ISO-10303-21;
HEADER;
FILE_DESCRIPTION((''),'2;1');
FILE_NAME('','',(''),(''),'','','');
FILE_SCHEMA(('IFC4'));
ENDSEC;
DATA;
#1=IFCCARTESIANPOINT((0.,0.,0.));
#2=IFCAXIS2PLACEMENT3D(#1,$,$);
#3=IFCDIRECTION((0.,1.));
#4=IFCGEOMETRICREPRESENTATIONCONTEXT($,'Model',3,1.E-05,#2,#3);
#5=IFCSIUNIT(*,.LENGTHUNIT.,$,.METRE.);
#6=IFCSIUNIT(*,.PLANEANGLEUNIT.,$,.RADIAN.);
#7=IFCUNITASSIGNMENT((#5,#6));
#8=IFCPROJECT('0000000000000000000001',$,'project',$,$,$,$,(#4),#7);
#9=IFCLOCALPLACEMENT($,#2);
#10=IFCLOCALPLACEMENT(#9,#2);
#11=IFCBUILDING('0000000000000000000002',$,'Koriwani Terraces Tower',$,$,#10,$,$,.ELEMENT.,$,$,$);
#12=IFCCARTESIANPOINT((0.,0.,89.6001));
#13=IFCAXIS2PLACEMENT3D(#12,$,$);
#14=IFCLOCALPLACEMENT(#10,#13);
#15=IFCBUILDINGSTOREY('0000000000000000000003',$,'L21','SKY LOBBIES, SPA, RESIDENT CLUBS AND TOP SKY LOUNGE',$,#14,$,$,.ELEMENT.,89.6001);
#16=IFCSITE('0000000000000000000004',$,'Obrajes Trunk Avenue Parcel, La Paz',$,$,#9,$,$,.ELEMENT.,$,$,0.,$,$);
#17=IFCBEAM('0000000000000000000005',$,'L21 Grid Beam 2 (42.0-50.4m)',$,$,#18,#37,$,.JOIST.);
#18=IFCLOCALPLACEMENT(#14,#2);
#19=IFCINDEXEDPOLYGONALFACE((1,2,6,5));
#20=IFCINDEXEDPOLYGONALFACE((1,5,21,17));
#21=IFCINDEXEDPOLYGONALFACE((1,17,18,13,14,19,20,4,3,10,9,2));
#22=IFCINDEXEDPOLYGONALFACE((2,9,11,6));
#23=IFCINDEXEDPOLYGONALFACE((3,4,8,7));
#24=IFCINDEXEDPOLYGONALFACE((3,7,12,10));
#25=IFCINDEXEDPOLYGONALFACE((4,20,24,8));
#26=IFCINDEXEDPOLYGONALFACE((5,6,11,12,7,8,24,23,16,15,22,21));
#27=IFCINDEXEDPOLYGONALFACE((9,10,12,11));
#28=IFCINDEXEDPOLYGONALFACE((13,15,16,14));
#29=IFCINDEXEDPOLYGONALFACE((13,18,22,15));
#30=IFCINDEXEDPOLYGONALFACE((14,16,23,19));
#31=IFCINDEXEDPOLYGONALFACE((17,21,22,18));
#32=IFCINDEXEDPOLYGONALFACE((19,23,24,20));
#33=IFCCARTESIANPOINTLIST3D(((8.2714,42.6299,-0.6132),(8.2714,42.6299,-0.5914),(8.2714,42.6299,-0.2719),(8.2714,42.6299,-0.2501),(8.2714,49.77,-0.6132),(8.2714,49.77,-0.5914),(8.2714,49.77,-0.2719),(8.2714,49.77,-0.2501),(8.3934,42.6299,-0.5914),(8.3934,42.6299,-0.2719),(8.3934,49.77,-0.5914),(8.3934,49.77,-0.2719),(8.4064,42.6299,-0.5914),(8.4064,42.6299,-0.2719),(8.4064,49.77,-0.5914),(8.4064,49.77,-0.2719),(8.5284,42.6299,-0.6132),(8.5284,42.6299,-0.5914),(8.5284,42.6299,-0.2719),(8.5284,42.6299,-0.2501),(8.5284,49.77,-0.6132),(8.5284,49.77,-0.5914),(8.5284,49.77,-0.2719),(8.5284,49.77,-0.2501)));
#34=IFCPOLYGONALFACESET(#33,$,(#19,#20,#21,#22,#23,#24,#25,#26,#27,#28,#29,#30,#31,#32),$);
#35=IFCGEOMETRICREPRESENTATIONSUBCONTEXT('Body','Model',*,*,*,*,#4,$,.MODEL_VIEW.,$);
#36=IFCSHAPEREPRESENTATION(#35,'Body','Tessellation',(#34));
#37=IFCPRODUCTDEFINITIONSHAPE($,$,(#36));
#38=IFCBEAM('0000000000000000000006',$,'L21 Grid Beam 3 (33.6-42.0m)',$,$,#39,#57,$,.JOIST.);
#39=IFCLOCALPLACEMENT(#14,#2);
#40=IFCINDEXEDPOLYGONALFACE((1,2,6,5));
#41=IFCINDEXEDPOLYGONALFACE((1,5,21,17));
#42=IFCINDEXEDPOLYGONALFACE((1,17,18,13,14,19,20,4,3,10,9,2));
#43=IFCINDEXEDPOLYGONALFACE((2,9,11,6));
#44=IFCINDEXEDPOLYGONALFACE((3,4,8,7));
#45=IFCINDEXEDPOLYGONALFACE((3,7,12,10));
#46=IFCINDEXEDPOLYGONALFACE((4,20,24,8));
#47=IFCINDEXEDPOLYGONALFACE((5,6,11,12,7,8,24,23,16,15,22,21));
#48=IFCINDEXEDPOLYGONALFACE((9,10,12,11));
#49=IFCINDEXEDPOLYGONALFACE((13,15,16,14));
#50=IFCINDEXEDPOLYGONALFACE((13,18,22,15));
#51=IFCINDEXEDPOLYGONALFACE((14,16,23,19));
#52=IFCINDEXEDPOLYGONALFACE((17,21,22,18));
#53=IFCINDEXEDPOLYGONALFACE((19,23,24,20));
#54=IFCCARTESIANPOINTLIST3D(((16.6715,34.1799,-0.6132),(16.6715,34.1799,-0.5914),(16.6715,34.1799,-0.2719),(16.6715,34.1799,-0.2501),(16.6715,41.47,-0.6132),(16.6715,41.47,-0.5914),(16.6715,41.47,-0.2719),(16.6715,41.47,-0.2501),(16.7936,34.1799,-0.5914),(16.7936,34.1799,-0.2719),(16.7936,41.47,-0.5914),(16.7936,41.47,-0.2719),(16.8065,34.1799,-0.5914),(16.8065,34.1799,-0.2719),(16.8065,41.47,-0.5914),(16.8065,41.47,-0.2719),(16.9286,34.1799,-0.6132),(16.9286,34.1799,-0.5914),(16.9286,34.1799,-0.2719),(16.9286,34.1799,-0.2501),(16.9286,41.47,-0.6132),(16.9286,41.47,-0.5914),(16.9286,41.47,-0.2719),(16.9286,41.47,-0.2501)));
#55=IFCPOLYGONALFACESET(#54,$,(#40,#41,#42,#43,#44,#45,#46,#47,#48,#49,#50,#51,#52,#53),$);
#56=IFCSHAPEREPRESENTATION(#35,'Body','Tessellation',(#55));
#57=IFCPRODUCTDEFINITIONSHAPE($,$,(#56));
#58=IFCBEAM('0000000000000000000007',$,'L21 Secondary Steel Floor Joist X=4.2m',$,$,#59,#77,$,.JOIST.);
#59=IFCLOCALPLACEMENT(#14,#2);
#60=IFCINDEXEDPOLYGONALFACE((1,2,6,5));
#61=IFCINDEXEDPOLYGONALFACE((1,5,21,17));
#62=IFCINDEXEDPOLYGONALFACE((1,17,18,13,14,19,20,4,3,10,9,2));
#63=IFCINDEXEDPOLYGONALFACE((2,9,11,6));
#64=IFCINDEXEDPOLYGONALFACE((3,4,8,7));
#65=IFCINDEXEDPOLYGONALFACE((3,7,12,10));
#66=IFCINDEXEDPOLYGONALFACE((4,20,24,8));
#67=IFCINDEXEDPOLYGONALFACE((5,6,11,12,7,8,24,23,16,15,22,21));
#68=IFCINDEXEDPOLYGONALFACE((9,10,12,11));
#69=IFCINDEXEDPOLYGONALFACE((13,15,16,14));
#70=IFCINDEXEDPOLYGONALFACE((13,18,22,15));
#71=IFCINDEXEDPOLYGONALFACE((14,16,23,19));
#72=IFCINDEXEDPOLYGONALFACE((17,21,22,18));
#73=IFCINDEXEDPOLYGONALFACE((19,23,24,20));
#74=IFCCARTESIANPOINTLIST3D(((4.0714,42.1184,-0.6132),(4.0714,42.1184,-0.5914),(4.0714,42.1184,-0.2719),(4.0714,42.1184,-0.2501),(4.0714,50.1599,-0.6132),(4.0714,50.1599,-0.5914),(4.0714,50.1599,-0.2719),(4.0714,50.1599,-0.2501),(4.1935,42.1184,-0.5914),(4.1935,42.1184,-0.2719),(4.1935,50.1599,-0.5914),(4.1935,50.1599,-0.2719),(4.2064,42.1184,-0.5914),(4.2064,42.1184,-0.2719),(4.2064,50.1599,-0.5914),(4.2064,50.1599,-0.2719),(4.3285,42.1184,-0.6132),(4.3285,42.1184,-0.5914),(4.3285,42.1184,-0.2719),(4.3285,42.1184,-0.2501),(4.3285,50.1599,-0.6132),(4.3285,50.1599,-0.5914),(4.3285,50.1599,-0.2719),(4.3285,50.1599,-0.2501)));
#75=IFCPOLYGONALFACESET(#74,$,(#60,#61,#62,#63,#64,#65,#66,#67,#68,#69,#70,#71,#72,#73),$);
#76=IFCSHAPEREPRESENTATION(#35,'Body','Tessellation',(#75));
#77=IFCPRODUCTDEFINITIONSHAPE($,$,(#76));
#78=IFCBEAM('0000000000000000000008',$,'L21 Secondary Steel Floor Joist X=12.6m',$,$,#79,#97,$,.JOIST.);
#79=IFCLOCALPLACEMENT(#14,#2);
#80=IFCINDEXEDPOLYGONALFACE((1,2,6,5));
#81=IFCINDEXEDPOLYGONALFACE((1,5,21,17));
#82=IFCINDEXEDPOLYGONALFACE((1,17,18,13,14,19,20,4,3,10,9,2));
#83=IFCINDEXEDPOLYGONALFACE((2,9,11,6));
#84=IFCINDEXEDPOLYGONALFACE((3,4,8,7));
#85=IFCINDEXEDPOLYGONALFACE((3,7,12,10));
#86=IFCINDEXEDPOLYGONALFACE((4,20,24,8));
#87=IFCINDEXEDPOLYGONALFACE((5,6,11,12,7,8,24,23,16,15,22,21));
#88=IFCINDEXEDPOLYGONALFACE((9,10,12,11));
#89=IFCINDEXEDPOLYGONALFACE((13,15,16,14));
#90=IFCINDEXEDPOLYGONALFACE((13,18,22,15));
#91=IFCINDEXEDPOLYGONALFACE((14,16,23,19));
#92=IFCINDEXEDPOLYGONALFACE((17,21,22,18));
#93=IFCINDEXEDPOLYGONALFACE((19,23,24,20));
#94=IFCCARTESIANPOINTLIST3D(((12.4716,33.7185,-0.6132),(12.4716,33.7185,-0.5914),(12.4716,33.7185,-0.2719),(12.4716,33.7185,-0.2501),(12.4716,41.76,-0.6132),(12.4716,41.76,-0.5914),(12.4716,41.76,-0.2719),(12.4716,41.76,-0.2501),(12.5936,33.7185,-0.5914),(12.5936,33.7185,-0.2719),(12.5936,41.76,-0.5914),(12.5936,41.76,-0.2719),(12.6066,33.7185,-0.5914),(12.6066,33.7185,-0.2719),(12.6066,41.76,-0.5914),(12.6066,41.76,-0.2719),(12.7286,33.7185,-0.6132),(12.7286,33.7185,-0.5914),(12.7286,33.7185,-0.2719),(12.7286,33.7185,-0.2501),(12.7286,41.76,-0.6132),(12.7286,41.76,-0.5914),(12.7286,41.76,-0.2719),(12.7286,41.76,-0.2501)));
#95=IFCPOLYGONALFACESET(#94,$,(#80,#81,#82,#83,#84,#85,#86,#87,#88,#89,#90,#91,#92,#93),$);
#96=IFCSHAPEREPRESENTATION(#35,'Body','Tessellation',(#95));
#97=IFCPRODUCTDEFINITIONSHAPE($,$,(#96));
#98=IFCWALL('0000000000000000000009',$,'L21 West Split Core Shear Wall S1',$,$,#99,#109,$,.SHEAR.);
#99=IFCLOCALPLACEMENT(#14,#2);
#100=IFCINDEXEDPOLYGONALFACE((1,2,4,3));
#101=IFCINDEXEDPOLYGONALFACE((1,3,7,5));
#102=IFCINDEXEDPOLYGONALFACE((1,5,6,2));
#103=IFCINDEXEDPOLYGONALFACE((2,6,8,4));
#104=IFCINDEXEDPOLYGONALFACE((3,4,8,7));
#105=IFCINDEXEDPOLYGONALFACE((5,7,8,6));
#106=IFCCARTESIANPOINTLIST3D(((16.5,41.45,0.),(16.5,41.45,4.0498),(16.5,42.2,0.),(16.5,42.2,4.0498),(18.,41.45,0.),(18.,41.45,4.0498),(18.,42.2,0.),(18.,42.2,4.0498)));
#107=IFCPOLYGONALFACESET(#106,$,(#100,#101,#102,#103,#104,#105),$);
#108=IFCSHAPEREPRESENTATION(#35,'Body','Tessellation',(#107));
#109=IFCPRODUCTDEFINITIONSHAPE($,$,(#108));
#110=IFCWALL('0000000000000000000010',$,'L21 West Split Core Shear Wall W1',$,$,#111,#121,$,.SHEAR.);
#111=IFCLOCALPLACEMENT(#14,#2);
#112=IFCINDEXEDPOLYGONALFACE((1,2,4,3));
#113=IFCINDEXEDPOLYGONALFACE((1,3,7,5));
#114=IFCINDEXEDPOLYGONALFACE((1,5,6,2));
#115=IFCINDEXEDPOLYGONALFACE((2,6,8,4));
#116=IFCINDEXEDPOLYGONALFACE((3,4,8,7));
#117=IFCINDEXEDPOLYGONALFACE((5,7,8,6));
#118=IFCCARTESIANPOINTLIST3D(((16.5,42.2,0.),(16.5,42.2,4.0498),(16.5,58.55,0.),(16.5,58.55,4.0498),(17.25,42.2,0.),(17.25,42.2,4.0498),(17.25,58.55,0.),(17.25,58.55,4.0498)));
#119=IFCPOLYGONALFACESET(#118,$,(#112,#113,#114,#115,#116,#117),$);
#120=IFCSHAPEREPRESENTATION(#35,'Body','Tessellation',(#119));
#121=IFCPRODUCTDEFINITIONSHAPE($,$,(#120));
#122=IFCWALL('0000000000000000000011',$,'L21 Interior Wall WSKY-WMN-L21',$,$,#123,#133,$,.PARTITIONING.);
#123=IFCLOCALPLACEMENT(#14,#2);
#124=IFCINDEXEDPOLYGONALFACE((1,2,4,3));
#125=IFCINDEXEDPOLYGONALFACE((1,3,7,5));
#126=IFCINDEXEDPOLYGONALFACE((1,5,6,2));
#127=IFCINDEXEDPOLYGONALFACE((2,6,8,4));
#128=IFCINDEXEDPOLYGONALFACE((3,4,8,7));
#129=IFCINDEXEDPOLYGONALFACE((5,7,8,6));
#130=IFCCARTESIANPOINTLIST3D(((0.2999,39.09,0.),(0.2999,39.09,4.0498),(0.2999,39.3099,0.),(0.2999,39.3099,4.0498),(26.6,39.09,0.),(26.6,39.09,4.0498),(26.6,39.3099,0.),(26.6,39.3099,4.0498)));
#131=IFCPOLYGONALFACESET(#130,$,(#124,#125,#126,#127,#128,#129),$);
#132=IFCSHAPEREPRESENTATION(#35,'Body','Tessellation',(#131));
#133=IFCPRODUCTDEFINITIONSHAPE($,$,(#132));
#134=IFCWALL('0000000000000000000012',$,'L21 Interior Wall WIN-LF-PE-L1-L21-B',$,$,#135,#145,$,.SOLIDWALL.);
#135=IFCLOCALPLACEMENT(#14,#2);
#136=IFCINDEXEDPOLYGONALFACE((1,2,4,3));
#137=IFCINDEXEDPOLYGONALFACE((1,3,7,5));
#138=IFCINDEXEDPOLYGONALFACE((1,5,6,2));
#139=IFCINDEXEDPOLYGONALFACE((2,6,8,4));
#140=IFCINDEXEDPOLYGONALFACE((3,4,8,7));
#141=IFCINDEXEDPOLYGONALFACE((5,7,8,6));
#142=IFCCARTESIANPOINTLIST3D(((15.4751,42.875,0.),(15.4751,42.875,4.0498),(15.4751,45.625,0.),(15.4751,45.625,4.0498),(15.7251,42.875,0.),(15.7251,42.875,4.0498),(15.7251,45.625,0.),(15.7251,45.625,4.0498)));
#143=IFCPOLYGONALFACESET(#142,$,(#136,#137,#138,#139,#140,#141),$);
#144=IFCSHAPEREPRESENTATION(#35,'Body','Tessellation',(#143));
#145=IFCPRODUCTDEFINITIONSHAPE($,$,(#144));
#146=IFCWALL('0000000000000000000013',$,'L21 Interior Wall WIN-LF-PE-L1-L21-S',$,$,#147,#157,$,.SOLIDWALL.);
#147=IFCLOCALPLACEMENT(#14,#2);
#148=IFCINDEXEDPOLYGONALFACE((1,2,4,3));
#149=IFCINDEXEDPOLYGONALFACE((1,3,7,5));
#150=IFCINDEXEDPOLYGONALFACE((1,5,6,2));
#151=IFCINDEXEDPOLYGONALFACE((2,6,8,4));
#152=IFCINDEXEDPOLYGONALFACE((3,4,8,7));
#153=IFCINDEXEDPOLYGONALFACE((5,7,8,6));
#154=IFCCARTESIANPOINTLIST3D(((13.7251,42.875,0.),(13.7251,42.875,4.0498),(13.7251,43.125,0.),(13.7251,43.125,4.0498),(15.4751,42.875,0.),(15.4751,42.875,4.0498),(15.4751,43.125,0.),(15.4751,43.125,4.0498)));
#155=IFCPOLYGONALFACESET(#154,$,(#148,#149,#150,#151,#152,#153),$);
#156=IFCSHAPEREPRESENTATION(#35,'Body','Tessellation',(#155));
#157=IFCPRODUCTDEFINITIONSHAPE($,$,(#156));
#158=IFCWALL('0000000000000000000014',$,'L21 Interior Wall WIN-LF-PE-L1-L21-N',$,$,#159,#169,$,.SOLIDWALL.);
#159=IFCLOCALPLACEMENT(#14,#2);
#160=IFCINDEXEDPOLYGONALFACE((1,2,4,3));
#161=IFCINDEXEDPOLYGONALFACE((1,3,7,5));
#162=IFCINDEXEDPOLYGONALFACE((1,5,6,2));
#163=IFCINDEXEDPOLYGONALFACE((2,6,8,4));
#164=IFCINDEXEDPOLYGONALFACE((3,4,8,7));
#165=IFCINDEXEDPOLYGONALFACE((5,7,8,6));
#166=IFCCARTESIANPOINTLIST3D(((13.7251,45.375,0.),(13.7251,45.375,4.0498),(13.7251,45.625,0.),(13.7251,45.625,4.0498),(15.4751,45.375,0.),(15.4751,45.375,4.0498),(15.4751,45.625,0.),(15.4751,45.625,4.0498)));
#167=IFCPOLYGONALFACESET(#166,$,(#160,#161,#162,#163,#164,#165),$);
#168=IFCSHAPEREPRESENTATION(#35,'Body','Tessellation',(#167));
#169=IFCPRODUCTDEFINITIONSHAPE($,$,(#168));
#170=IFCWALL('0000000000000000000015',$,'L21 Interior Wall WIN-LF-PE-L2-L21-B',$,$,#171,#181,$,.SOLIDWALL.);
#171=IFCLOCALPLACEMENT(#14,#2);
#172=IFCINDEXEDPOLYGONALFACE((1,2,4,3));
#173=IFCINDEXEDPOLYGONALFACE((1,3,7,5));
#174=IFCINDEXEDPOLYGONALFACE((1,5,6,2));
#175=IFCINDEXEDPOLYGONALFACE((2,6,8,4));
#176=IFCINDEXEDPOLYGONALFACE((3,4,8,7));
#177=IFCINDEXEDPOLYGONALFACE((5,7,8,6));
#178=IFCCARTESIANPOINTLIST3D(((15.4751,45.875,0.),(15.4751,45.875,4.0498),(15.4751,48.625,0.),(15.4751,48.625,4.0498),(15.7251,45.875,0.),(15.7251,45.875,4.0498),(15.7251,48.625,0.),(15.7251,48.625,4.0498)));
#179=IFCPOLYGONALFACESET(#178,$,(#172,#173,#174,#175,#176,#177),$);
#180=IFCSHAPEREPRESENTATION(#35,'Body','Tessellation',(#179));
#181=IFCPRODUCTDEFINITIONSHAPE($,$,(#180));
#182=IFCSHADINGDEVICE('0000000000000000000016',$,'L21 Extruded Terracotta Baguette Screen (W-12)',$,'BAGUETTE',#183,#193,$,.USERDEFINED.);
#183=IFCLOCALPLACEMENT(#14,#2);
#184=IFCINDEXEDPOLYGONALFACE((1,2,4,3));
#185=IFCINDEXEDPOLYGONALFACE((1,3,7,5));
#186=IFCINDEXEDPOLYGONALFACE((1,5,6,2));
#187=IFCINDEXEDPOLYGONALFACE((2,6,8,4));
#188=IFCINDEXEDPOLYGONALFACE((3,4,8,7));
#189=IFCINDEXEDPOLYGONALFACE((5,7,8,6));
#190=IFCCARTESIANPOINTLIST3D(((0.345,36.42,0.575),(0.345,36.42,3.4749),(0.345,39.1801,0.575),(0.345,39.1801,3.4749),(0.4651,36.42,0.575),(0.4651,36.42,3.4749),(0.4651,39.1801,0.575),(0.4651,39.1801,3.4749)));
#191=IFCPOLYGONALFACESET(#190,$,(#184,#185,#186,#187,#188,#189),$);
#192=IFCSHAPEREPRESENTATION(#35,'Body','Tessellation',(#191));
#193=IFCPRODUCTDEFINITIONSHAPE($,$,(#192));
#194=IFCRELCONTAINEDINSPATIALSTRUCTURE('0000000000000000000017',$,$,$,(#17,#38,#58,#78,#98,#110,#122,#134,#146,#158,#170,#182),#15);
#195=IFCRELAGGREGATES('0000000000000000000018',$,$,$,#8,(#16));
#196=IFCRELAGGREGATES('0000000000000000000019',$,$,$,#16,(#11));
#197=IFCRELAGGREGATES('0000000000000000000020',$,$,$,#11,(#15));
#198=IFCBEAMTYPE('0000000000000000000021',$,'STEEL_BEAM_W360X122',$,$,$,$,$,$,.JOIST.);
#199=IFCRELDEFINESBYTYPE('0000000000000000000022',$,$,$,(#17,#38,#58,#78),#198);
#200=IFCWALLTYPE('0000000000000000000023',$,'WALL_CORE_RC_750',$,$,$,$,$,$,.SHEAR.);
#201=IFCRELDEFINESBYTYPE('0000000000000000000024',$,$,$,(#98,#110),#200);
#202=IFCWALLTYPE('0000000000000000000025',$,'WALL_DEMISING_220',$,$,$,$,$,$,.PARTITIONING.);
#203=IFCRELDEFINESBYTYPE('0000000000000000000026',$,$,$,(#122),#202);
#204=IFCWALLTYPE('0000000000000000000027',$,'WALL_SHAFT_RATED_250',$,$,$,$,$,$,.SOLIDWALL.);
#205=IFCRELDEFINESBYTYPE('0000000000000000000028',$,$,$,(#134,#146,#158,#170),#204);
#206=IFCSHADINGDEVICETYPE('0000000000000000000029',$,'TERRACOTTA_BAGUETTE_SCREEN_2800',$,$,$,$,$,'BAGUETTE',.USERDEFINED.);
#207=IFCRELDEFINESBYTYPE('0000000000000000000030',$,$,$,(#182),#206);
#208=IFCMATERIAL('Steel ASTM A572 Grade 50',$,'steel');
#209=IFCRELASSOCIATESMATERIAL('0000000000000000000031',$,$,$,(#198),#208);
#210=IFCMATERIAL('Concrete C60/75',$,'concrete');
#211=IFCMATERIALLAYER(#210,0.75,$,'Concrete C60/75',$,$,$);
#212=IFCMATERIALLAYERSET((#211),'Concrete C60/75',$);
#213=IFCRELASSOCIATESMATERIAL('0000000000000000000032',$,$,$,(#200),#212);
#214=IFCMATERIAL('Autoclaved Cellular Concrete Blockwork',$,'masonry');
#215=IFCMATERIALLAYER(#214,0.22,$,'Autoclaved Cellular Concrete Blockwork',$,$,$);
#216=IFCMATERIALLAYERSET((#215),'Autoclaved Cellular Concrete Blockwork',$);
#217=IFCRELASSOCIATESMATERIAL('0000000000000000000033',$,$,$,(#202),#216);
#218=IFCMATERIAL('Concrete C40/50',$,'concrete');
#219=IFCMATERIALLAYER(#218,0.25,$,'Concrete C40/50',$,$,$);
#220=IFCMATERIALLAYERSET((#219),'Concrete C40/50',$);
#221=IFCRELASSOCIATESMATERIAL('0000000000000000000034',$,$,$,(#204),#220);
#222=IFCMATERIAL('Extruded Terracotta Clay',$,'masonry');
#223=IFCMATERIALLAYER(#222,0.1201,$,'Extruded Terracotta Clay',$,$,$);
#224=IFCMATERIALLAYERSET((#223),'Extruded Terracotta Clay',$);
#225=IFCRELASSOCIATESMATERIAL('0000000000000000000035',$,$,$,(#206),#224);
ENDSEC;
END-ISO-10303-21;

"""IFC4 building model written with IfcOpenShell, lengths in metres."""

from ifc_helpers import new_model, si_unit, direction, frame, frame_2d, origin, origin_2d, place, context, subcontext, project, spatial, rectangle, i_section, extrude, material, layer, layer_set, material_profile, profile_set, type_object, element, save


model = new_model("IFC4")

# Units and contexts
model_context = context("Model", 3, precision=1e-05, world=origin(), true_north=direction((0.0, 1.0)))
body_context = subcontext(model_context, "Body", "Model", "MODEL_VIEW")
ifc_project = project(units=[si_unit("LENGTHUNIT", "METRE"), si_unit("PLANEANGLEUNIT", "RADIAN")], contexts=[model_context])

# Site, building, storey
site_placement = place(None, origin())
site = spatial("IfcSite", under=ifc_project, at=site_placement, Name="Obrajes Trunk Avenue Parcel, La Paz", CompositionType="ELEMENT", RefElevation=0.0)
building_placement = place(site_placement, origin())
building = spatial("IfcBuilding", under=site, at=building_placement, Name="Koriwani Terraces Tower", CompositionType="ELEMENT")
storey_placement = place(building_placement, frame((0.0, 0.0, 89.6001)))
storey = spatial("IfcBuildingStorey", under=building, at=storey_placement, Name="L21", Description="SKY LOBBIES, SPA, RESIDENT CLUBS AND TOP SKY LOUNGE", CompositionType="ELEMENT", Elevation=89.6001)

# Shared definitions
ifc_material_1 = material(Name="Concrete C60/75", Category="concrete")

# Beams
ifc_material_2 = material(Name="Concrete C40/50", Category="concrete")
ifc_material_3 = material(Name="Steel ASTM A572 Grade 50", Category="steel")
ifc_material_profile_1 = material_profile(ifc_material_3, i_section(OverallWidth=0.2571, OverallDepth=0.363, WebThickness=0.0129, FlangeThickness=0.0217, at=origin_2d()), Name="Steel ASTM A572 Grade 50", Category="LoadBearing")
ifc_profile_set_1 = profile_set([ifc_material_profile_1], Name="Steel ASTM A572 Grade 50")
beam_type_1 = type_object("IfcBeamType", Name="STEEL_BEAM_W360X122", PredefinedType="JOIST", material=ifc_profile_set_1)
for number, where, z_axis, x_axis, name in (
    (1, (8.3999, 42.6299, -0.4316), (0.0, 1.0, 0.0), (-1.0, 0.0, 0.0), "L21 Grid Beam 2 (42.0-50.4m)"),
):
    element("IfcBeam", number, at=place(storey_placement, frame(where, z_axis=z_axis, x_axis=x_axis)), inside=storey, type_object=beam_type_1, Name=name, PredefinedType="JOIST", context=body_context, shape_type="SweptSolid", body=[
        extrude(i_section(OverallWidth=0.2571, OverallDepth=0.363, WebThickness=0.0129, FlangeThickness=0.0217, at=origin_2d()), origin(), (0.0, 0.0, 1.0), 7.1401),
    ])
beam_1_placement = place(storey_placement, frame((16.8, 34.1799, -0.4316), z_axis=(0.0, 1.0, 0.0), x_axis=(-1.0, 0.0, 0.0)))
element("IfcBeam", 2, at=beam_1_placement, inside=storey, type_object=beam_type_1, Name="L21 Grid Beam 3 (33.6-42.0m)", PredefinedType="JOIST", context=body_context, shape_type="SweptSolid", body=[
    extrude(i_section(OverallWidth=0.2571, OverallDepth=0.363, WebThickness=0.0129, FlangeThickness=0.0217, at=origin_2d()), origin(), (0.0, 0.0, 1.0), 7.29),
])
for number, where, z_axis, x_axis, name in (
    (3, (4.2, 42.1184, -0.4316), (0.0, 1.0, 0.0), (-1.0, 0.0, 0.0), "L21 Secondary Steel Floor Joist X=4.2m"),
    (4, (12.6001, 33.7185, -0.4316), (0.0, 1.0, 0.0), (-1.0, 0.0, 0.0), "L21 Secondary Steel Floor Joist X=12.6m"),
):
    element("IfcBeam", number, at=place(storey_placement, frame(where, z_axis=z_axis, x_axis=x_axis)), inside=storey, type_object=beam_type_1, Name=name, PredefinedType="JOIST", context=body_context, shape_type="SweptSolid", body=[
        extrude(i_section(OverallWidth=0.2571, OverallDepth=0.363, WebThickness=0.0129, FlangeThickness=0.0217, at=origin_2d()), origin(), (0.0, 0.0, 1.0), 8.0415),
    ])

# Walls
ifc_layer_1 = layer(ifc_material_1, 0.75, Name="Concrete C60/75")
ifc_layer_set_1 = layer_set([ifc_layer_1], Name="Concrete C60/75")
wall_type_1 = type_object("IfcWallType", Name="WALL_CORE_RC_750", PredefinedType="SHEAR", material=ifc_layer_set_1)
wall_1_placement = place(storey_placement, frame((16.5, 41.825, 0.0), z_axis=(0.0, 0.0, 1.0), x_axis=(1.0, 0.0, 0.0)))
element("IfcWall", 5, at=wall_1_placement, inside=storey, type_object=wall_type_1, Name="L21 West Split Core Shear Wall S1", PredefinedType="SHEAR", context=body_context, shape_type="SweptSolid", body=[
    extrude(rectangle(XDim=1.5, YDim=0.75, at=frame_2d((0.75, 0.0))), origin(), (0.0, 0.0, 1.0), 4.0498),
])
wall_2_placement = place(storey_placement, frame((16.875, 42.2, 0.0), z_axis=(0.0, 0.0, 1.0), x_axis=(0.0, 1.0, 0.0)))
element("IfcWall", 6, at=wall_2_placement, inside=storey, type_object=wall_type_1, Name="L21 West Split Core Shear Wall W1", PredefinedType="SHEAR", context=body_context, shape_type="SweptSolid", body=[
    extrude(rectangle(XDim=16.3501, YDim=0.75, at=frame_2d((8.175, 0.0))), origin(), (0.0, 0.0, 1.0), 4.0498),
])
ifc_material_4 = material(Name="Autoclaved Cellular Concrete Blockwork", Category="masonry")
ifc_layer_2 = layer(ifc_material_4, 0.22, Name="Autoclaved Cellular Concrete Blockwork")
ifc_layer_set_2 = layer_set([ifc_layer_2], Name="Autoclaved Cellular Concrete Blockwork")
wall_type_2 = type_object("IfcWallType", Name="WALL_DEMISING_220", PredefinedType="PARTITIONING", material=ifc_layer_set_2)
wall_3_placement = place(storey_placement, frame((0.3, 39.2, 0.0), z_axis=(0.0, 0.0, 1.0), x_axis=(1.0, 0.0, 0.0)))
element("IfcWall", 7, at=wall_3_placement, inside=storey, type_object=wall_type_2, Name="L21 Interior Wall WSKY-WMN-L21", PredefinedType="PARTITIONING", context=body_context, shape_type="SweptSolid", body=[
    extrude(rectangle(XDim=26.3, YDim=0.22, at=frame_2d((13.1499, 0.0))), origin(), (0.0, 0.0, 1.0), 4.0498),
])

# Shared definitions
ifc_layer_3 = layer(ifc_material_2, 0.25, Name="Concrete C40/50")
ifc_layer_set_3 = layer_set([ifc_layer_3], Name="Concrete C40/50")
wall_type_3 = type_object("IfcWallType", Name="WALL_SHAFT_RATED_250", PredefinedType="SOLIDWALL", material=ifc_layer_set_3)

# Walls
wall_4_placement = place(storey_placement, frame((15.6001, 42.875, 0.0), z_axis=(0.0, 0.0, 1.0), x_axis=(0.0, 1.0, 0.0)))
element("IfcWall", 8, at=wall_4_placement, inside=storey, type_object=wall_type_3, Name="L21 Interior Wall WIN-LF-PE-L1-L21-B", PredefinedType="SOLIDWALL", context=body_context, shape_type="SweptSolid", body=[
    extrude(rectangle(XDim=2.75, YDim=0.25, at=frame_2d((1.375, 0.0))), origin(), (0.0, 0.0, 1.0), 4.0498),
])
for number, where, z_axis, x_axis, name in (
    (9, (13.7251, 43.0, 0.0), (0.0, 0.0, 1.0), (1.0, 0.0, 0.0), "L21 Interior Wall WIN-LF-PE-L1-L21-S"),
    (10, (13.7251, 45.5, 0.0), (0.0, 0.0, 1.0), (1.0, 0.0, 0.0), "L21 Interior Wall WIN-LF-PE-L1-L21-N"),
):
    element("IfcWall", number, at=place(storey_placement, frame(where, z_axis=z_axis, x_axis=x_axis)), inside=storey, type_object=wall_type_3, Name=name, PredefinedType="SOLIDWALL", context=body_context, shape_type="SweptSolid", body=[
        extrude(rectangle(XDim=1.75, YDim=0.25, at=frame_2d((0.875, 0.0))), origin(), (0.0, 0.0, 1.0), 4.0498),
    ])

# Wall
wall_5_placement = place(storey_placement, frame((15.6001, 45.875, 0.0), z_axis=(0.0, 0.0, 1.0), x_axis=(0.0, 1.0, 0.0)))
element("IfcWall", 11, at=wall_5_placement, inside=storey, type_object=wall_type_3, Name="L21 Interior Wall WIN-LF-PE-L2-L21-B", PredefinedType="SOLIDWALL", context=body_context, shape_type="SweptSolid", body=[
    extrude(rectangle(XDim=2.75, YDim=0.25, at=frame_2d((1.375, 0.0))), origin(), (0.0, 0.0, 1.0), 4.0498),
])

# Shading device
ifc_material_5 = material(Name="Extruded Terracotta Clay", Category="masonry")
ifc_layer_4 = layer(ifc_material_5, 0.1201, Name="Extruded Terracotta Clay")
ifc_layer_set_4 = layer_set([ifc_layer_4], Name="Extruded Terracotta Clay")
shading_device_type = type_object("IfcShadingDeviceType", Name="TERRACOTTA_BAGUETTE_SCREEN_2800", ElementType="BAGUETTE", PredefinedType="USERDEFINED", material=ifc_layer_set_4)
shading_device_placement = place(storey_placement, frame((0.405, 37.8, 0.575), z_axis=(0.0, 0.0, 1.0), x_axis=(0.0, 1.0, 0.0)))
element("IfcShadingDevice", 12, at=shading_device_placement, inside=storey, type_object=shading_device_type, Name="L21 Extruded Terracotta Baguette Screen (W-12)", ObjectType="BAGUETTE", PredefinedType="USERDEFINED", context=body_context, shape_type="SweptSolid", body=[
    extrude(rectangle(XDim=2.76, YDim=0.1201, at=origin_2d()), origin(), (0.0, 0.0, 1.0), 2.8999),
])

save(model, "model.ifc")
